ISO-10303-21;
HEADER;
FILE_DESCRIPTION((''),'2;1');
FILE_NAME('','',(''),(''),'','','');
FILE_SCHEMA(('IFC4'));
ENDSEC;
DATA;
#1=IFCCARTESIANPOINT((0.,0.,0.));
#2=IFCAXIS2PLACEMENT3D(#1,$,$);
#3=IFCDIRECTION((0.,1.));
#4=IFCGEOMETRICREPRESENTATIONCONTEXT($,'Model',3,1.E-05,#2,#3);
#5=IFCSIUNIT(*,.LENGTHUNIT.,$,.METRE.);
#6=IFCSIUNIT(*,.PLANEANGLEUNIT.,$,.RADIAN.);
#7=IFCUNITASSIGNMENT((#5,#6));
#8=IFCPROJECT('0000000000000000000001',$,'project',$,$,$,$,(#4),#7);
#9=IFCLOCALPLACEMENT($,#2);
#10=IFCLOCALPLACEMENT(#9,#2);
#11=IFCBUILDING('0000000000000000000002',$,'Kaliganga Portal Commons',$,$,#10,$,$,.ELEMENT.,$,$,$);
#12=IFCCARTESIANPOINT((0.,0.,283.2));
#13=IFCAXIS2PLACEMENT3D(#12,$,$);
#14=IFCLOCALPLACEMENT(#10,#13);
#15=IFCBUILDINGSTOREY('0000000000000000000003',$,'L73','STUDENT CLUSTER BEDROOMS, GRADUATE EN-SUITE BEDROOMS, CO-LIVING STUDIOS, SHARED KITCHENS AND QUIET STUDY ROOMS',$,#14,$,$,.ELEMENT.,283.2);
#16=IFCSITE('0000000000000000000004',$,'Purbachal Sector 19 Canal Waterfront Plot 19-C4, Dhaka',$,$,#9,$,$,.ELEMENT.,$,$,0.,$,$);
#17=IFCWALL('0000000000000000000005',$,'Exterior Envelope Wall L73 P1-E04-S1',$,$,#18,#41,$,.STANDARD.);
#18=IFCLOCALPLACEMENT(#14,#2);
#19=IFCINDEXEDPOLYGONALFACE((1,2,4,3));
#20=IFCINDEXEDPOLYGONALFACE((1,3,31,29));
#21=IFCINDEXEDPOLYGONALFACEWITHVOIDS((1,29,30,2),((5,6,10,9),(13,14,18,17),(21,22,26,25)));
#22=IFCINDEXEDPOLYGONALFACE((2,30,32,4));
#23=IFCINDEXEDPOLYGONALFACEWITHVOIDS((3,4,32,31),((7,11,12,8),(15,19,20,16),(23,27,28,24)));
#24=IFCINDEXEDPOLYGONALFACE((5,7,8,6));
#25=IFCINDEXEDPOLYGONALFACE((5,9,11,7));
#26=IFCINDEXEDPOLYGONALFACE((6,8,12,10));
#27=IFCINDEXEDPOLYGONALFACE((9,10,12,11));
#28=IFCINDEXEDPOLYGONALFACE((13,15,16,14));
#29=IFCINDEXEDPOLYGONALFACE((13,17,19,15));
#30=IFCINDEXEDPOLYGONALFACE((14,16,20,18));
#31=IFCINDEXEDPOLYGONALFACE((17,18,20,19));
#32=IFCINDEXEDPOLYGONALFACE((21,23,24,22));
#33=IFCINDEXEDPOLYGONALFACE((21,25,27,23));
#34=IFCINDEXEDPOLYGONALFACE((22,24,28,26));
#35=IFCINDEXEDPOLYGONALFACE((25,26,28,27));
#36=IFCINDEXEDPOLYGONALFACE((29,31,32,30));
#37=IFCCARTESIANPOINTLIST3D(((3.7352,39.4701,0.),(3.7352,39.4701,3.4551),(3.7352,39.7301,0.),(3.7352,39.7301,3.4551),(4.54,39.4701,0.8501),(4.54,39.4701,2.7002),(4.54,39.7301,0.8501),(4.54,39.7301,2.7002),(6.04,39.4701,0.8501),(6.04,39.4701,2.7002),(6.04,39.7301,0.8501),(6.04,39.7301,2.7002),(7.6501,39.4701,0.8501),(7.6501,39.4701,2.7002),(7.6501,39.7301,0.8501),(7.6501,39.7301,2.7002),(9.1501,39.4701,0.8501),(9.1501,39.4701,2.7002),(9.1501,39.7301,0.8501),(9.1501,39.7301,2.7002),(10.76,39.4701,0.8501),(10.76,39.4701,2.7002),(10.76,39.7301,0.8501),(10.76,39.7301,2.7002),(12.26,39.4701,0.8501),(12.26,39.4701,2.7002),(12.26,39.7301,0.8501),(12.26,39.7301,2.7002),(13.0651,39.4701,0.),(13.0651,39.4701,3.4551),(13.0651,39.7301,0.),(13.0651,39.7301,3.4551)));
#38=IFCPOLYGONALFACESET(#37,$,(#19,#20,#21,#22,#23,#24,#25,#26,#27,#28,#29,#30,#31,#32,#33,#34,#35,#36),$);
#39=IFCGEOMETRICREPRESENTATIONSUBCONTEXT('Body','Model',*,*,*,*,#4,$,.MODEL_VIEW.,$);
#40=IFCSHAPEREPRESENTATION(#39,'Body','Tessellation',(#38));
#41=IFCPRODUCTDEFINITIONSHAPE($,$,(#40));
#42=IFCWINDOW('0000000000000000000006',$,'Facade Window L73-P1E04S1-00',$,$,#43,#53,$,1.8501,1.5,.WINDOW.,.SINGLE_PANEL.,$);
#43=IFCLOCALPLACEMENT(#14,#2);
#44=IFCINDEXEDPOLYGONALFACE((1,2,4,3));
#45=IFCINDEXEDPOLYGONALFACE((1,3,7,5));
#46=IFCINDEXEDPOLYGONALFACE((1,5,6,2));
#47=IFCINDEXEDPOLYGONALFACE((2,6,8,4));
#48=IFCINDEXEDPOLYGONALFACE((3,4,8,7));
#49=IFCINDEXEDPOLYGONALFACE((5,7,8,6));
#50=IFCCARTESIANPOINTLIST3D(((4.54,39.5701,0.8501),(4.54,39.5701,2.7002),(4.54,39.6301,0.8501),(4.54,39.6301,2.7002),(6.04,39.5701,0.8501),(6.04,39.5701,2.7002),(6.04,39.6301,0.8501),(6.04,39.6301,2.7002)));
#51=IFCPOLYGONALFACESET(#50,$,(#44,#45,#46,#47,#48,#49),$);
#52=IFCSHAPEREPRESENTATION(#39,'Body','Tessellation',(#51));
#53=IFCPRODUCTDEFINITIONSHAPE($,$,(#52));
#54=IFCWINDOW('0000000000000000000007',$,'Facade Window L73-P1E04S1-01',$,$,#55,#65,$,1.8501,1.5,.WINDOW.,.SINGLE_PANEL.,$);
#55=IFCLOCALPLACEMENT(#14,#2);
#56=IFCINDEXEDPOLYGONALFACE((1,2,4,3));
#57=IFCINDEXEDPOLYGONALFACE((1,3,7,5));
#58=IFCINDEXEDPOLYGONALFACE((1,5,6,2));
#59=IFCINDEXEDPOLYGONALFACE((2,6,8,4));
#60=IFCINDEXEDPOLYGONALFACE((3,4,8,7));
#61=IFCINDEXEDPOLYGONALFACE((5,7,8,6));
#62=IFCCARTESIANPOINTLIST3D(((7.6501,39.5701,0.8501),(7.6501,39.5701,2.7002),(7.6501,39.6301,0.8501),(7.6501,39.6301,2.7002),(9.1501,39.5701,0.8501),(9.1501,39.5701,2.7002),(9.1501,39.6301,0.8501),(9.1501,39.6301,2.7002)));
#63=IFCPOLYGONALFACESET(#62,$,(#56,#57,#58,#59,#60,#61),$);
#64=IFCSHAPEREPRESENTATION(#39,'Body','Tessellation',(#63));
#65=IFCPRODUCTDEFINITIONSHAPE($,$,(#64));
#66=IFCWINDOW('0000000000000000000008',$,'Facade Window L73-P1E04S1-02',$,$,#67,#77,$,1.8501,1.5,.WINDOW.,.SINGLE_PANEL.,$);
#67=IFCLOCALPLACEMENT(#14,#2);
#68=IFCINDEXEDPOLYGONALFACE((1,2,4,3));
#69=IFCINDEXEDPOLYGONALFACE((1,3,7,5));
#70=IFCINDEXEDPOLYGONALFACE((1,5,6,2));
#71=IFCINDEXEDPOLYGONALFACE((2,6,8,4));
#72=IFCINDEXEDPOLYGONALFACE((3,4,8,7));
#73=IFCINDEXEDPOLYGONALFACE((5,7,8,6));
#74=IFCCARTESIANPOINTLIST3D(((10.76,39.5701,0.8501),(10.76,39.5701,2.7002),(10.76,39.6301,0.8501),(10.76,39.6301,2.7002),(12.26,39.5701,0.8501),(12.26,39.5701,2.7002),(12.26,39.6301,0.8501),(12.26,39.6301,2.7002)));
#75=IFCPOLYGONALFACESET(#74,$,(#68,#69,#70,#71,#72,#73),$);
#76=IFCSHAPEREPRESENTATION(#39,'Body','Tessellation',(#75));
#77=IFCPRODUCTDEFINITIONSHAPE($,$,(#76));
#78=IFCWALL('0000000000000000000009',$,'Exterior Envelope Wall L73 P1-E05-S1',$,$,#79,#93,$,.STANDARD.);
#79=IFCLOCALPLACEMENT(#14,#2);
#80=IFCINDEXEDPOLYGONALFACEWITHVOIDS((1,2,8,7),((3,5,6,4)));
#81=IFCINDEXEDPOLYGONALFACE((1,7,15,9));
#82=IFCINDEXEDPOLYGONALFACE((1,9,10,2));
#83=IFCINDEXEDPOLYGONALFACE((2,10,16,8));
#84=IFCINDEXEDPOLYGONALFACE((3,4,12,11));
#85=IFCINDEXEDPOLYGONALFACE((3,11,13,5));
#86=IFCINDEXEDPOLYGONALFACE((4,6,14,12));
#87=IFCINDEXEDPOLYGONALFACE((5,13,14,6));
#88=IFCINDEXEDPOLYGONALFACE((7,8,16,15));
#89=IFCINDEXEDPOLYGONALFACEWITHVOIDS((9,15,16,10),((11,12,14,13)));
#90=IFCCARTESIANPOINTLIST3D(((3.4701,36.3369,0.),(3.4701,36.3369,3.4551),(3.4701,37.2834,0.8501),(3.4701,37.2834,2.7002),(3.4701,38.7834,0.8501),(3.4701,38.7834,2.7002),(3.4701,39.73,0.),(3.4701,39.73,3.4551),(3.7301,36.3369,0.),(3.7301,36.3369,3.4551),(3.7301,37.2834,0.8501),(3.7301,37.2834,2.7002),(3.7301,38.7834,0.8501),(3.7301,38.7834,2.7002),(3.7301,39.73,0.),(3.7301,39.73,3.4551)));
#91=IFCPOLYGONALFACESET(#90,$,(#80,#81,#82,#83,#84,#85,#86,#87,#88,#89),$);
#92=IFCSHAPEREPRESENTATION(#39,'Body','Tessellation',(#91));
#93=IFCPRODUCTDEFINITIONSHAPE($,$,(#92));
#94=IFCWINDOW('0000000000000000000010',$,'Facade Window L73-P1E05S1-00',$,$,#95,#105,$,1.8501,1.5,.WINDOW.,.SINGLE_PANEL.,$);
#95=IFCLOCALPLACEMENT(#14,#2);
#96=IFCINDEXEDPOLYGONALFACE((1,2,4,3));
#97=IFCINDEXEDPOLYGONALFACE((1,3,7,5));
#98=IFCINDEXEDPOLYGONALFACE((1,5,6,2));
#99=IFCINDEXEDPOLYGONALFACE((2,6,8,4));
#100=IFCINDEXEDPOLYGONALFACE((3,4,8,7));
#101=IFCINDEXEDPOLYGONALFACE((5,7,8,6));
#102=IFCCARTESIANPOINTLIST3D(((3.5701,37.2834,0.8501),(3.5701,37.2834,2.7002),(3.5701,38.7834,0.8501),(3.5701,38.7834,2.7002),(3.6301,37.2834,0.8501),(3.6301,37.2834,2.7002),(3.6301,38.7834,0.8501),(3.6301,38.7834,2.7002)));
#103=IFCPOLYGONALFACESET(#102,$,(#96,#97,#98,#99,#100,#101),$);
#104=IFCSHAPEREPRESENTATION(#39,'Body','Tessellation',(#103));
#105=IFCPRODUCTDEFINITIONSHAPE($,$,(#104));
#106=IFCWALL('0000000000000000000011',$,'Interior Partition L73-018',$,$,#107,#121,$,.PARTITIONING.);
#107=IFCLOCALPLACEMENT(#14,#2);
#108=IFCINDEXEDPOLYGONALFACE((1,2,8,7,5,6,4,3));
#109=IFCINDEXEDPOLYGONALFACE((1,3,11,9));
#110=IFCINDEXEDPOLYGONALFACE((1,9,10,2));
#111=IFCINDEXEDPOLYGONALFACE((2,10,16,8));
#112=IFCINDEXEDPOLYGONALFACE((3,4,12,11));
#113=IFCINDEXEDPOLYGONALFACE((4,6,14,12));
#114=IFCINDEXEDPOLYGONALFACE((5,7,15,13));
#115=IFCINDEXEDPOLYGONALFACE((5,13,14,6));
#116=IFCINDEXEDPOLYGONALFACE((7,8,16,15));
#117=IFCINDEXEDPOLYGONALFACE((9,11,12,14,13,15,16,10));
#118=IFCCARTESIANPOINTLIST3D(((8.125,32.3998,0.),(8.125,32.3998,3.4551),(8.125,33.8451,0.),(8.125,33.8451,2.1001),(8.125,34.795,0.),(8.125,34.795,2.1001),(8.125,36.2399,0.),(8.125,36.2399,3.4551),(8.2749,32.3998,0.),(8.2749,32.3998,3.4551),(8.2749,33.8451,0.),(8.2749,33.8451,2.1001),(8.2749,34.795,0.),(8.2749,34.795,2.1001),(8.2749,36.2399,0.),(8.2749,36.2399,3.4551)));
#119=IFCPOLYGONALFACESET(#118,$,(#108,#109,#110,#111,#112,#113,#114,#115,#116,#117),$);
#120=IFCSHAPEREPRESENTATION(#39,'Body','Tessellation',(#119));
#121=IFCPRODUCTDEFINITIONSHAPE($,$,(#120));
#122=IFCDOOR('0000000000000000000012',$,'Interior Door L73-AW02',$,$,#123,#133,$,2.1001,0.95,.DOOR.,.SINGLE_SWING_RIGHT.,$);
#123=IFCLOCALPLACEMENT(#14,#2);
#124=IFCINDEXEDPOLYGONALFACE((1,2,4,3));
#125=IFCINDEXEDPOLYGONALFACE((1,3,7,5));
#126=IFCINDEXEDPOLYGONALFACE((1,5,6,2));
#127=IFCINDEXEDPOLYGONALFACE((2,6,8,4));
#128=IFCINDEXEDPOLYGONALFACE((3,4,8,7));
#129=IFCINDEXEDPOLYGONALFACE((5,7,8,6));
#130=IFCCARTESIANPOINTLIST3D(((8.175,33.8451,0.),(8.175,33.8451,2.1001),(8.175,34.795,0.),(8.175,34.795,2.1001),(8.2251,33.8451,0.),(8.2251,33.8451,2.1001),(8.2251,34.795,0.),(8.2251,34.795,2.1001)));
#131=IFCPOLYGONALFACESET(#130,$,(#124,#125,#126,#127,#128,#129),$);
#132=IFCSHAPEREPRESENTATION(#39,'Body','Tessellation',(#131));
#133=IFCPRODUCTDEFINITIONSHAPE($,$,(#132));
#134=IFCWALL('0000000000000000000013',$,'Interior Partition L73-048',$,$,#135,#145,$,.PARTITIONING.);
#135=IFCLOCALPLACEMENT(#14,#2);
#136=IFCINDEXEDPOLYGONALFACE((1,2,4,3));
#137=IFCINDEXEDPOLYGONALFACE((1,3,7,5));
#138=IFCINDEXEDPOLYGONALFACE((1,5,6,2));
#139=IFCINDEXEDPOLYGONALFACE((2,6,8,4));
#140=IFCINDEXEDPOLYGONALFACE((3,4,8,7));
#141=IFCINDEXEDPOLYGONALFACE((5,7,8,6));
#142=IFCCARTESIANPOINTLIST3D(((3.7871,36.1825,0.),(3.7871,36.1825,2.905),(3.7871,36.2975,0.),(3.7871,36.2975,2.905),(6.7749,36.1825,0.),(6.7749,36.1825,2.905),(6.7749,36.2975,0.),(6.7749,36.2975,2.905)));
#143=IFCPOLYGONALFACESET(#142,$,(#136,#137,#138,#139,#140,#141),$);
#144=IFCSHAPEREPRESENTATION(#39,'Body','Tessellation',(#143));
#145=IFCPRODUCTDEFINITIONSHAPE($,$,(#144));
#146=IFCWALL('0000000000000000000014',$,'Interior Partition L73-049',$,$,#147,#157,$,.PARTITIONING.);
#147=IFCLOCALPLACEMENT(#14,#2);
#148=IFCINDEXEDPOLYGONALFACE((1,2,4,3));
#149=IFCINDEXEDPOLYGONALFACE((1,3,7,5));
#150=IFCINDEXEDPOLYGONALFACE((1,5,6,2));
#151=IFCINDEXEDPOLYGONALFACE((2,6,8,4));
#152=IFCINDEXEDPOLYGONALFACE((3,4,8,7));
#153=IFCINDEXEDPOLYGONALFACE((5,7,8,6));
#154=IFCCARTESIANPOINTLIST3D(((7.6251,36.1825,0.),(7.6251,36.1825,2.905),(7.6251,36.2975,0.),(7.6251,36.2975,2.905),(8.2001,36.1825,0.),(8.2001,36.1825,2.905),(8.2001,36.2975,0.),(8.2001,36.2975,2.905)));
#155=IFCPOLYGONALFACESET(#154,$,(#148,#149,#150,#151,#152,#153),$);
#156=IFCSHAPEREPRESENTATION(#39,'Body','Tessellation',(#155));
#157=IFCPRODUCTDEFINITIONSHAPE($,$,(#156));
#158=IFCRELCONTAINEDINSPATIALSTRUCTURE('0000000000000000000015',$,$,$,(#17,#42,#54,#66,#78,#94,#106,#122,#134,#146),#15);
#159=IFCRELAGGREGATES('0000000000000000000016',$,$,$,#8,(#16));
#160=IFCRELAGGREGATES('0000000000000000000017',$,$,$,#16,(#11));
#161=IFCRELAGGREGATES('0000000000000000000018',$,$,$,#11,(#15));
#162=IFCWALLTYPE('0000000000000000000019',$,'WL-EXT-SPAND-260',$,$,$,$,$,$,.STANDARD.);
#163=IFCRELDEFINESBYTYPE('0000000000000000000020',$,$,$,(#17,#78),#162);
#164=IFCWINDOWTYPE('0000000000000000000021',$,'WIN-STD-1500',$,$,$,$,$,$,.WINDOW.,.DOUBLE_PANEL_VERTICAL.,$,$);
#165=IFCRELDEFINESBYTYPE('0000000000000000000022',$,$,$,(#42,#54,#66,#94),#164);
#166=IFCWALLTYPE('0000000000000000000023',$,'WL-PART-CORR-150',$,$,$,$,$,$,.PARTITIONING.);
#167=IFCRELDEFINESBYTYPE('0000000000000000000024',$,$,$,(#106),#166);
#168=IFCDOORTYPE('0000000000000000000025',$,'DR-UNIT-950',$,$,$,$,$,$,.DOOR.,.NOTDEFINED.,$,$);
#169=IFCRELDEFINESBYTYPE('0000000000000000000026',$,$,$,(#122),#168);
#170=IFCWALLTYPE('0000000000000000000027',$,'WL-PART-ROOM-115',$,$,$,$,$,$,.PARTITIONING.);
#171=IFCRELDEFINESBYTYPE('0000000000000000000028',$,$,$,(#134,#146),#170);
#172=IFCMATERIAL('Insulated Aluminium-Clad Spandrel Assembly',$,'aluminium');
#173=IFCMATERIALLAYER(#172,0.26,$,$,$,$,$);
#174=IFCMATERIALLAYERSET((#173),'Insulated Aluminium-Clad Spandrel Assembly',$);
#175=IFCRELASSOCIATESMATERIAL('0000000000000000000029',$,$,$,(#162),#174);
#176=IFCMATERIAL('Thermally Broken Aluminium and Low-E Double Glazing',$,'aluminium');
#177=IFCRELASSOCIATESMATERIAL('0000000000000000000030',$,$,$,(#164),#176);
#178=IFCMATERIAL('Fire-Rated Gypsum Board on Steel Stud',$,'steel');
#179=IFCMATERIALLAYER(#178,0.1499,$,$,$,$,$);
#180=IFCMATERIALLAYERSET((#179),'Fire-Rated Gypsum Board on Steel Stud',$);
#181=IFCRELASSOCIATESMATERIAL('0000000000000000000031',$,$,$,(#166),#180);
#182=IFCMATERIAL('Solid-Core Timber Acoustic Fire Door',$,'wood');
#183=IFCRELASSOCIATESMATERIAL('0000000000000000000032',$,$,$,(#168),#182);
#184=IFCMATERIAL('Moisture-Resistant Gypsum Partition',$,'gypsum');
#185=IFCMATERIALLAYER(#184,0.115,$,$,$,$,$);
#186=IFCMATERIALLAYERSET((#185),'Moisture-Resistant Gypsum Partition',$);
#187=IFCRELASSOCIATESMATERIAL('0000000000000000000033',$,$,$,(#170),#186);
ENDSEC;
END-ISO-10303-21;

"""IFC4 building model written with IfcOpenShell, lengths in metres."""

from ifc_helpers import new_model, si_unit, direction, frame, frame_2d, origin, place, context, subcontext, project, spatial, rectangle, extrude, material, layer, layer_set, type_object, element, fill, save


model = new_model("IFC4")

# Units and contexts
model_context = context("Model", 3, precision=1e-05, world=origin(), true_north=direction((0.0, 1.0)))
body_context = subcontext(model_context, "Body", "Model", "MODEL_VIEW")
ifc_project = project(units=[si_unit("LENGTHUNIT", "METRE"), si_unit("PLANEANGLEUNIT", "RADIAN")], contexts=[model_context])

# Site, building, storey
site_placement = place(None, origin())
site = spatial("IfcSite", under=ifc_project, at=site_placement, Name="Purbachal Sector 19 Canal Waterfront Plot 19-C4, Dhaka", CompositionType="ELEMENT", RefElevation=0.0)
building_placement = place(site_placement, origin())
building = spatial("IfcBuilding", under=site, at=building_placement, Name="Kaliganga Portal Commons", CompositionType="ELEMENT")
storey_placement = place(building_placement, frame((0.0, 0.0, 283.2)))
storey = spatial("IfcBuildingStorey", under=building, at=storey_placement, Name="L73", Description="STUDENT CLUSTER BEDROOMS, GRADUATE EN-SUITE BEDROOMS, CO-LIVING STUDIOS, SHARED KITCHENS AND QUIET STUDY ROOMS", CompositionType="ELEMENT", Elevation=283.2)

# Wall, openings, windows
ifc_material_1 = material(Name="Insulated Aluminium-Clad Spandrel Assembly", Category="aluminium")
ifc_layer_1 = layer(ifc_material_1, 0.26)
ifc_layer_set_1 = layer_set([ifc_layer_1], Name="Insulated Aluminium-Clad Spandrel Assembly")
wall_type_1 = type_object("IfcWallType", Name="WL-EXT-SPAND-260", PredefinedType="STANDARD", material=ifc_layer_set_1)
wall_1_placement = place(storey_placement, frame((3.7351, 39.6001, 0.0), z_axis=(0.0, 0.0, 1.0), x_axis=(1.0, 0.0, 0.0)))
wall_1 = element("IfcWall", 1, at=wall_1_placement, inside=storey, type_object=wall_type_1, Name="Exterior Envelope Wall L73 P1-E04-S1", PredefinedType="STANDARD", context=body_context, shape_type="SweptSolid", body=[
    extrude(rectangle(XDim=9.3298, YDim=0.26, at=frame_2d((4.665, 0.0))), origin(), (0.0, 0.0, 1.0), 3.4551),
])
opening_1_placement = place(wall_1_placement, frame((0.8049, 0.0, 0.8501)))
opening_1 = element("IfcOpeningElement", 2, at=opening_1_placement, cuts=wall_1, PredefinedType="OPENING", context=body_context, shape_type="SweptSolid", body=[
    extrude(rectangle(XDim=1.5, YDim=1.8501, at=frame_2d((0.75, 0.925))), frame((0.0, 0.1401, 0.0), z_axis=(0.0, -1.0, 0.0), x_axis=(1.0, 0.0, 0.0)), (0.0, 0.0, 1.0), 0.28),
])
opening_2_placement = place(wall_1_placement, frame((3.915, 0.0, 0.8501)))
opening_2 = element("IfcOpeningElement", 3, at=opening_2_placement, cuts=wall_1, PredefinedType="OPENING", context=body_context, shape_type="SweptSolid", body=[
    extrude(rectangle(XDim=1.5, YDim=1.8501, at=frame_2d((0.75, 0.925))), frame((0.0, 0.1401, 0.0), z_axis=(0.0, -1.0, 0.0), x_axis=(1.0, 0.0, 0.0)), (0.0, 0.0, 1.0), 0.28),
])
opening_3_placement = place(wall_1_placement, frame((7.0249, 0.0, 0.8501)))
opening_3 = element("IfcOpeningElement", 4, at=opening_3_placement, cuts=wall_1, PredefinedType="OPENING", context=body_context, shape_type="SweptSolid", body=[
    extrude(rectangle(XDim=1.5, YDim=1.8501, at=frame_2d((0.75, 0.925))), frame((0.0, 0.1401, 0.0), z_axis=(0.0, -1.0, 0.0), x_axis=(1.0, 0.0, 0.0)), (0.0, 0.0, 1.0), 0.28),
])
ifc_material_2 = material(Name="Thermally Broken Aluminium and Low-E Double Glazing", Category="aluminium")
window_type = type_object("IfcWindowType", Name="WIN-STD-1500", PartitioningType="DOUBLE_PANEL_VERTICAL", PredefinedType="WINDOW", material=ifc_material_2)
window_1_placement = place(opening_1_placement, origin())
window_1 = element("IfcWindow", 5, at=window_1_placement, inside=storey, type_object=window_type, Name="Facade Window L73-P1E04S1-00", OverallHeight=1.8501, OverallWidth=1.5, PartitioningType="SINGLE_PANEL", PredefinedType="WINDOW", context=body_context, shape_type="SweptSolid", body=[
    extrude(rectangle(XDim=1.5, YDim=1.8501, at=frame_2d((0.75, 0.925))), frame((0.0, 0.03, 0.0), z_axis=(0.0, -1.0, 0.0), x_axis=(1.0, 0.0, 0.0)), (0.0, 0.0, 1.0), 0.0601),
])
fill(opening_1, window_1)
window_2_placement = place(opening_2_placement, origin())
window_2 = element("IfcWindow", 6, at=window_2_placement, inside=storey, type_object=window_type, Name="Facade Window L73-P1E04S1-01", OverallHeight=1.8501, OverallWidth=1.5, PartitioningType="SINGLE_PANEL", PredefinedType="WINDOW", context=body_context, shape_type="SweptSolid", body=[
    extrude(rectangle(XDim=1.5, YDim=1.8501, at=frame_2d((0.75, 0.925))), frame((0.0, 0.03, 0.0), z_axis=(0.0, -1.0, 0.0), x_axis=(1.0, 0.0, 0.0)), (0.0, 0.0, 1.0), 0.0601),
])
fill(opening_2, window_2)
window_3_placement = place(opening_3_placement, origin())
window_3 = element("IfcWindow", 7, at=window_3_placement, inside=storey, type_object=window_type, Name="Facade Window L73-P1E04S1-02", OverallHeight=1.8501, OverallWidth=1.5, PartitioningType="SINGLE_PANEL", PredefinedType="WINDOW", context=body_context, shape_type="SweptSolid", body=[
    extrude(rectangle(XDim=1.5, YDim=1.8501, at=frame_2d((0.75, 0.925))), frame((0.0, 0.03, 0.0), z_axis=(0.0, -1.0, 0.0), x_axis=(1.0, 0.0, 0.0)), (0.0, 0.0, 1.0), 0.0601),
])
fill(opening_3, window_3)

# Wall, opening, window
wall_2_placement = place(storey_placement, frame((3.6001, 36.3369, 0.0), z_axis=(0.0, 0.0, 1.0), x_axis=(0.0, 1.0, 0.0)))
wall_2 = element("IfcWall", 8, at=wall_2_placement, inside=storey, type_object=wall_type_1, Name="Exterior Envelope Wall L73 P1-E05-S1", PredefinedType="STANDARD", context=body_context, shape_type="SweptSolid", body=[
    extrude(rectangle(XDim=3.3931, YDim=0.26, at=frame_2d((1.6965, 0.0))), origin(), (0.0, 0.0, 1.0), 3.4551),
])
opening_4_placement = place(wall_2_placement, frame((0.9465, 0.0, 0.8501)))
opening_4 = element("IfcOpeningElement", 9, at=opening_4_placement, cuts=wall_2, PredefinedType="OPENING", context=body_context, shape_type="SweptSolid", body=[
    extrude(rectangle(XDim=1.5, YDim=1.8501, at=frame_2d((0.75, 0.925))), frame((0.0, 0.1401, 0.0), z_axis=(0.0, -1.0, 0.0), x_axis=(1.0, 0.0, 0.0)), (0.0, 0.0, 1.0), 0.28),
])
window_4_placement = place(opening_4_placement, origin())
window_4 = element("IfcWindow", 10, at=window_4_placement, inside=storey, type_object=window_type, Name="Facade Window L73-P1E05S1-00", OverallHeight=1.8501, OverallWidth=1.5, PartitioningType="SINGLE_PANEL", PredefinedType="WINDOW", context=body_context, shape_type="SweptSolid", body=[
    extrude(rectangle(XDim=1.5, YDim=1.8501, at=frame_2d((0.75, 0.925))), frame((0.0, 0.03, 0.0), z_axis=(0.0, -1.0, 0.0), x_axis=(1.0, 0.0, 0.0)), (0.0, 0.0, 1.0), 0.0601),
])
fill(opening_4, window_4)

# Wall, opening, door
ifc_material_3 = material(Name="Fire-Rated Gypsum Board on Steel Stud", Category="steel")
ifc_layer_2 = layer(ifc_material_3, 0.1499)
ifc_layer_set_2 = layer_set([ifc_layer_2], Name="Fire-Rated Gypsum Board on Steel Stud")
wall_type_2 = type_object("IfcWallType", Name="WL-PART-CORR-150", PredefinedType="PARTITIONING", material=ifc_layer_set_2)
wall_3_placement = place(storey_placement, frame((8.2, 32.3999, 0.0), z_axis=(0.0, 0.0, 1.0), x_axis=(0.0, 1.0, 0.0)))
wall_3 = element("IfcWall", 11, at=wall_3_placement, inside=storey, type_object=wall_type_2, Name="Interior Partition L73-018", PredefinedType="PARTITIONING", context=body_context, shape_type="SweptSolid", body=[
    extrude(rectangle(XDim=3.8401, YDim=0.1499, at=frame_2d((1.9199, 0.0))), origin(), (0.0, 0.0, 1.0), 3.4551),
])
opening_5_placement = place(wall_3_placement, frame((1.4451, 0.0, 0.0)))
opening_5 = element("IfcOpeningElement", 12, at=opening_5_placement, cuts=wall_3, PredefinedType="OPENING", context=body_context, shape_type="SweptSolid", body=[
    extrude(rectangle(XDim=0.95, YDim=2.1001, at=frame_2d((0.4751, 1.05))), frame((0.0, 0.085, 0.0), z_axis=(0.0, -1.0, 0.0), x_axis=(1.0, 0.0, 0.0)), (0.0, 0.0, 1.0), 0.1699),
])
ifc_material_4 = material(Name="Solid-Core Timber Acoustic Fire Door", Category="wood")
door_type_1 = type_object("IfcDoorType", Name="DR-UNIT-950", OperationType="NOTDEFINED", PredefinedType="DOOR", material=ifc_material_4)
door_1_placement = place(opening_5_placement, origin())
door_1 = element("IfcDoor", 13, at=door_1_placement, inside=storey, type_object=door_type_1, Name="Interior Door L73-AW02", OperationType="SINGLE_SWING_RIGHT", OverallHeight=2.1001, OverallWidth=0.95, PredefinedType="DOOR", context=body_context, shape_type="SweptSolid", body=[
    extrude(rectangle(XDim=0.95, YDim=2.1001, at=frame_2d((0.4751, 1.05))), frame((0.0, 0.0249, 0.0), z_axis=(0.0, -1.0, 0.0), x_axis=(1.0, 0.0, 0.0)), (0.0, 0.0, 1.0), 0.05),
])
fill(opening_5, door_1)

# Walls
ifc_material_5 = material(Name="Moisture-Resistant Gypsum Partition", Category="gypsum")
ifc_layer_3 = layer(ifc_material_5, 0.115)
ifc_layer_set_3 = layer_set([ifc_layer_3], Name="Moisture-Resistant Gypsum Partition")
wall_type_3 = type_object("IfcWallType", Name="WL-PART-ROOM-115", PredefinedType="PARTITIONING", material=ifc_layer_set_3)
wall_4_placement = place(storey_placement, frame((3.7871, 36.24, 0.0), z_axis=(0.0, 0.0, 1.0), x_axis=(1.0, 0.0, 0.0)))
element("IfcWall", 14, at=wall_4_placement, inside=storey, type_object=wall_type_3, Name="Interior Partition L73-048", PredefinedType="PARTITIONING", context=body_context, shape_type="SweptSolid", body=[
    extrude(rectangle(XDim=2.9878, YDim=0.115, at=frame_2d((1.4939, 0.0))), origin(), (0.0, 0.0, 1.0), 2.905),
])
wall_5_placement = place(storey_placement, frame((7.625, 36.24, 0.0), z_axis=(0.0, 0.0, 1.0), x_axis=(1.0, 0.0, 0.0)))
element("IfcWall", 15, at=wall_5_placement, inside=storey, type_object=wall_type_3, Name="Interior Partition L73-049", PredefinedType="PARTITIONING", context=body_context, shape_type="SweptSolid", body=[
    extrude(rectangle(XDim=0.575, YDim=0.115, at=frame_2d((0.2876, 0.0))), origin(), (0.0, 0.0, 1.0), 2.905),
])

save(model, "model.ifc")
